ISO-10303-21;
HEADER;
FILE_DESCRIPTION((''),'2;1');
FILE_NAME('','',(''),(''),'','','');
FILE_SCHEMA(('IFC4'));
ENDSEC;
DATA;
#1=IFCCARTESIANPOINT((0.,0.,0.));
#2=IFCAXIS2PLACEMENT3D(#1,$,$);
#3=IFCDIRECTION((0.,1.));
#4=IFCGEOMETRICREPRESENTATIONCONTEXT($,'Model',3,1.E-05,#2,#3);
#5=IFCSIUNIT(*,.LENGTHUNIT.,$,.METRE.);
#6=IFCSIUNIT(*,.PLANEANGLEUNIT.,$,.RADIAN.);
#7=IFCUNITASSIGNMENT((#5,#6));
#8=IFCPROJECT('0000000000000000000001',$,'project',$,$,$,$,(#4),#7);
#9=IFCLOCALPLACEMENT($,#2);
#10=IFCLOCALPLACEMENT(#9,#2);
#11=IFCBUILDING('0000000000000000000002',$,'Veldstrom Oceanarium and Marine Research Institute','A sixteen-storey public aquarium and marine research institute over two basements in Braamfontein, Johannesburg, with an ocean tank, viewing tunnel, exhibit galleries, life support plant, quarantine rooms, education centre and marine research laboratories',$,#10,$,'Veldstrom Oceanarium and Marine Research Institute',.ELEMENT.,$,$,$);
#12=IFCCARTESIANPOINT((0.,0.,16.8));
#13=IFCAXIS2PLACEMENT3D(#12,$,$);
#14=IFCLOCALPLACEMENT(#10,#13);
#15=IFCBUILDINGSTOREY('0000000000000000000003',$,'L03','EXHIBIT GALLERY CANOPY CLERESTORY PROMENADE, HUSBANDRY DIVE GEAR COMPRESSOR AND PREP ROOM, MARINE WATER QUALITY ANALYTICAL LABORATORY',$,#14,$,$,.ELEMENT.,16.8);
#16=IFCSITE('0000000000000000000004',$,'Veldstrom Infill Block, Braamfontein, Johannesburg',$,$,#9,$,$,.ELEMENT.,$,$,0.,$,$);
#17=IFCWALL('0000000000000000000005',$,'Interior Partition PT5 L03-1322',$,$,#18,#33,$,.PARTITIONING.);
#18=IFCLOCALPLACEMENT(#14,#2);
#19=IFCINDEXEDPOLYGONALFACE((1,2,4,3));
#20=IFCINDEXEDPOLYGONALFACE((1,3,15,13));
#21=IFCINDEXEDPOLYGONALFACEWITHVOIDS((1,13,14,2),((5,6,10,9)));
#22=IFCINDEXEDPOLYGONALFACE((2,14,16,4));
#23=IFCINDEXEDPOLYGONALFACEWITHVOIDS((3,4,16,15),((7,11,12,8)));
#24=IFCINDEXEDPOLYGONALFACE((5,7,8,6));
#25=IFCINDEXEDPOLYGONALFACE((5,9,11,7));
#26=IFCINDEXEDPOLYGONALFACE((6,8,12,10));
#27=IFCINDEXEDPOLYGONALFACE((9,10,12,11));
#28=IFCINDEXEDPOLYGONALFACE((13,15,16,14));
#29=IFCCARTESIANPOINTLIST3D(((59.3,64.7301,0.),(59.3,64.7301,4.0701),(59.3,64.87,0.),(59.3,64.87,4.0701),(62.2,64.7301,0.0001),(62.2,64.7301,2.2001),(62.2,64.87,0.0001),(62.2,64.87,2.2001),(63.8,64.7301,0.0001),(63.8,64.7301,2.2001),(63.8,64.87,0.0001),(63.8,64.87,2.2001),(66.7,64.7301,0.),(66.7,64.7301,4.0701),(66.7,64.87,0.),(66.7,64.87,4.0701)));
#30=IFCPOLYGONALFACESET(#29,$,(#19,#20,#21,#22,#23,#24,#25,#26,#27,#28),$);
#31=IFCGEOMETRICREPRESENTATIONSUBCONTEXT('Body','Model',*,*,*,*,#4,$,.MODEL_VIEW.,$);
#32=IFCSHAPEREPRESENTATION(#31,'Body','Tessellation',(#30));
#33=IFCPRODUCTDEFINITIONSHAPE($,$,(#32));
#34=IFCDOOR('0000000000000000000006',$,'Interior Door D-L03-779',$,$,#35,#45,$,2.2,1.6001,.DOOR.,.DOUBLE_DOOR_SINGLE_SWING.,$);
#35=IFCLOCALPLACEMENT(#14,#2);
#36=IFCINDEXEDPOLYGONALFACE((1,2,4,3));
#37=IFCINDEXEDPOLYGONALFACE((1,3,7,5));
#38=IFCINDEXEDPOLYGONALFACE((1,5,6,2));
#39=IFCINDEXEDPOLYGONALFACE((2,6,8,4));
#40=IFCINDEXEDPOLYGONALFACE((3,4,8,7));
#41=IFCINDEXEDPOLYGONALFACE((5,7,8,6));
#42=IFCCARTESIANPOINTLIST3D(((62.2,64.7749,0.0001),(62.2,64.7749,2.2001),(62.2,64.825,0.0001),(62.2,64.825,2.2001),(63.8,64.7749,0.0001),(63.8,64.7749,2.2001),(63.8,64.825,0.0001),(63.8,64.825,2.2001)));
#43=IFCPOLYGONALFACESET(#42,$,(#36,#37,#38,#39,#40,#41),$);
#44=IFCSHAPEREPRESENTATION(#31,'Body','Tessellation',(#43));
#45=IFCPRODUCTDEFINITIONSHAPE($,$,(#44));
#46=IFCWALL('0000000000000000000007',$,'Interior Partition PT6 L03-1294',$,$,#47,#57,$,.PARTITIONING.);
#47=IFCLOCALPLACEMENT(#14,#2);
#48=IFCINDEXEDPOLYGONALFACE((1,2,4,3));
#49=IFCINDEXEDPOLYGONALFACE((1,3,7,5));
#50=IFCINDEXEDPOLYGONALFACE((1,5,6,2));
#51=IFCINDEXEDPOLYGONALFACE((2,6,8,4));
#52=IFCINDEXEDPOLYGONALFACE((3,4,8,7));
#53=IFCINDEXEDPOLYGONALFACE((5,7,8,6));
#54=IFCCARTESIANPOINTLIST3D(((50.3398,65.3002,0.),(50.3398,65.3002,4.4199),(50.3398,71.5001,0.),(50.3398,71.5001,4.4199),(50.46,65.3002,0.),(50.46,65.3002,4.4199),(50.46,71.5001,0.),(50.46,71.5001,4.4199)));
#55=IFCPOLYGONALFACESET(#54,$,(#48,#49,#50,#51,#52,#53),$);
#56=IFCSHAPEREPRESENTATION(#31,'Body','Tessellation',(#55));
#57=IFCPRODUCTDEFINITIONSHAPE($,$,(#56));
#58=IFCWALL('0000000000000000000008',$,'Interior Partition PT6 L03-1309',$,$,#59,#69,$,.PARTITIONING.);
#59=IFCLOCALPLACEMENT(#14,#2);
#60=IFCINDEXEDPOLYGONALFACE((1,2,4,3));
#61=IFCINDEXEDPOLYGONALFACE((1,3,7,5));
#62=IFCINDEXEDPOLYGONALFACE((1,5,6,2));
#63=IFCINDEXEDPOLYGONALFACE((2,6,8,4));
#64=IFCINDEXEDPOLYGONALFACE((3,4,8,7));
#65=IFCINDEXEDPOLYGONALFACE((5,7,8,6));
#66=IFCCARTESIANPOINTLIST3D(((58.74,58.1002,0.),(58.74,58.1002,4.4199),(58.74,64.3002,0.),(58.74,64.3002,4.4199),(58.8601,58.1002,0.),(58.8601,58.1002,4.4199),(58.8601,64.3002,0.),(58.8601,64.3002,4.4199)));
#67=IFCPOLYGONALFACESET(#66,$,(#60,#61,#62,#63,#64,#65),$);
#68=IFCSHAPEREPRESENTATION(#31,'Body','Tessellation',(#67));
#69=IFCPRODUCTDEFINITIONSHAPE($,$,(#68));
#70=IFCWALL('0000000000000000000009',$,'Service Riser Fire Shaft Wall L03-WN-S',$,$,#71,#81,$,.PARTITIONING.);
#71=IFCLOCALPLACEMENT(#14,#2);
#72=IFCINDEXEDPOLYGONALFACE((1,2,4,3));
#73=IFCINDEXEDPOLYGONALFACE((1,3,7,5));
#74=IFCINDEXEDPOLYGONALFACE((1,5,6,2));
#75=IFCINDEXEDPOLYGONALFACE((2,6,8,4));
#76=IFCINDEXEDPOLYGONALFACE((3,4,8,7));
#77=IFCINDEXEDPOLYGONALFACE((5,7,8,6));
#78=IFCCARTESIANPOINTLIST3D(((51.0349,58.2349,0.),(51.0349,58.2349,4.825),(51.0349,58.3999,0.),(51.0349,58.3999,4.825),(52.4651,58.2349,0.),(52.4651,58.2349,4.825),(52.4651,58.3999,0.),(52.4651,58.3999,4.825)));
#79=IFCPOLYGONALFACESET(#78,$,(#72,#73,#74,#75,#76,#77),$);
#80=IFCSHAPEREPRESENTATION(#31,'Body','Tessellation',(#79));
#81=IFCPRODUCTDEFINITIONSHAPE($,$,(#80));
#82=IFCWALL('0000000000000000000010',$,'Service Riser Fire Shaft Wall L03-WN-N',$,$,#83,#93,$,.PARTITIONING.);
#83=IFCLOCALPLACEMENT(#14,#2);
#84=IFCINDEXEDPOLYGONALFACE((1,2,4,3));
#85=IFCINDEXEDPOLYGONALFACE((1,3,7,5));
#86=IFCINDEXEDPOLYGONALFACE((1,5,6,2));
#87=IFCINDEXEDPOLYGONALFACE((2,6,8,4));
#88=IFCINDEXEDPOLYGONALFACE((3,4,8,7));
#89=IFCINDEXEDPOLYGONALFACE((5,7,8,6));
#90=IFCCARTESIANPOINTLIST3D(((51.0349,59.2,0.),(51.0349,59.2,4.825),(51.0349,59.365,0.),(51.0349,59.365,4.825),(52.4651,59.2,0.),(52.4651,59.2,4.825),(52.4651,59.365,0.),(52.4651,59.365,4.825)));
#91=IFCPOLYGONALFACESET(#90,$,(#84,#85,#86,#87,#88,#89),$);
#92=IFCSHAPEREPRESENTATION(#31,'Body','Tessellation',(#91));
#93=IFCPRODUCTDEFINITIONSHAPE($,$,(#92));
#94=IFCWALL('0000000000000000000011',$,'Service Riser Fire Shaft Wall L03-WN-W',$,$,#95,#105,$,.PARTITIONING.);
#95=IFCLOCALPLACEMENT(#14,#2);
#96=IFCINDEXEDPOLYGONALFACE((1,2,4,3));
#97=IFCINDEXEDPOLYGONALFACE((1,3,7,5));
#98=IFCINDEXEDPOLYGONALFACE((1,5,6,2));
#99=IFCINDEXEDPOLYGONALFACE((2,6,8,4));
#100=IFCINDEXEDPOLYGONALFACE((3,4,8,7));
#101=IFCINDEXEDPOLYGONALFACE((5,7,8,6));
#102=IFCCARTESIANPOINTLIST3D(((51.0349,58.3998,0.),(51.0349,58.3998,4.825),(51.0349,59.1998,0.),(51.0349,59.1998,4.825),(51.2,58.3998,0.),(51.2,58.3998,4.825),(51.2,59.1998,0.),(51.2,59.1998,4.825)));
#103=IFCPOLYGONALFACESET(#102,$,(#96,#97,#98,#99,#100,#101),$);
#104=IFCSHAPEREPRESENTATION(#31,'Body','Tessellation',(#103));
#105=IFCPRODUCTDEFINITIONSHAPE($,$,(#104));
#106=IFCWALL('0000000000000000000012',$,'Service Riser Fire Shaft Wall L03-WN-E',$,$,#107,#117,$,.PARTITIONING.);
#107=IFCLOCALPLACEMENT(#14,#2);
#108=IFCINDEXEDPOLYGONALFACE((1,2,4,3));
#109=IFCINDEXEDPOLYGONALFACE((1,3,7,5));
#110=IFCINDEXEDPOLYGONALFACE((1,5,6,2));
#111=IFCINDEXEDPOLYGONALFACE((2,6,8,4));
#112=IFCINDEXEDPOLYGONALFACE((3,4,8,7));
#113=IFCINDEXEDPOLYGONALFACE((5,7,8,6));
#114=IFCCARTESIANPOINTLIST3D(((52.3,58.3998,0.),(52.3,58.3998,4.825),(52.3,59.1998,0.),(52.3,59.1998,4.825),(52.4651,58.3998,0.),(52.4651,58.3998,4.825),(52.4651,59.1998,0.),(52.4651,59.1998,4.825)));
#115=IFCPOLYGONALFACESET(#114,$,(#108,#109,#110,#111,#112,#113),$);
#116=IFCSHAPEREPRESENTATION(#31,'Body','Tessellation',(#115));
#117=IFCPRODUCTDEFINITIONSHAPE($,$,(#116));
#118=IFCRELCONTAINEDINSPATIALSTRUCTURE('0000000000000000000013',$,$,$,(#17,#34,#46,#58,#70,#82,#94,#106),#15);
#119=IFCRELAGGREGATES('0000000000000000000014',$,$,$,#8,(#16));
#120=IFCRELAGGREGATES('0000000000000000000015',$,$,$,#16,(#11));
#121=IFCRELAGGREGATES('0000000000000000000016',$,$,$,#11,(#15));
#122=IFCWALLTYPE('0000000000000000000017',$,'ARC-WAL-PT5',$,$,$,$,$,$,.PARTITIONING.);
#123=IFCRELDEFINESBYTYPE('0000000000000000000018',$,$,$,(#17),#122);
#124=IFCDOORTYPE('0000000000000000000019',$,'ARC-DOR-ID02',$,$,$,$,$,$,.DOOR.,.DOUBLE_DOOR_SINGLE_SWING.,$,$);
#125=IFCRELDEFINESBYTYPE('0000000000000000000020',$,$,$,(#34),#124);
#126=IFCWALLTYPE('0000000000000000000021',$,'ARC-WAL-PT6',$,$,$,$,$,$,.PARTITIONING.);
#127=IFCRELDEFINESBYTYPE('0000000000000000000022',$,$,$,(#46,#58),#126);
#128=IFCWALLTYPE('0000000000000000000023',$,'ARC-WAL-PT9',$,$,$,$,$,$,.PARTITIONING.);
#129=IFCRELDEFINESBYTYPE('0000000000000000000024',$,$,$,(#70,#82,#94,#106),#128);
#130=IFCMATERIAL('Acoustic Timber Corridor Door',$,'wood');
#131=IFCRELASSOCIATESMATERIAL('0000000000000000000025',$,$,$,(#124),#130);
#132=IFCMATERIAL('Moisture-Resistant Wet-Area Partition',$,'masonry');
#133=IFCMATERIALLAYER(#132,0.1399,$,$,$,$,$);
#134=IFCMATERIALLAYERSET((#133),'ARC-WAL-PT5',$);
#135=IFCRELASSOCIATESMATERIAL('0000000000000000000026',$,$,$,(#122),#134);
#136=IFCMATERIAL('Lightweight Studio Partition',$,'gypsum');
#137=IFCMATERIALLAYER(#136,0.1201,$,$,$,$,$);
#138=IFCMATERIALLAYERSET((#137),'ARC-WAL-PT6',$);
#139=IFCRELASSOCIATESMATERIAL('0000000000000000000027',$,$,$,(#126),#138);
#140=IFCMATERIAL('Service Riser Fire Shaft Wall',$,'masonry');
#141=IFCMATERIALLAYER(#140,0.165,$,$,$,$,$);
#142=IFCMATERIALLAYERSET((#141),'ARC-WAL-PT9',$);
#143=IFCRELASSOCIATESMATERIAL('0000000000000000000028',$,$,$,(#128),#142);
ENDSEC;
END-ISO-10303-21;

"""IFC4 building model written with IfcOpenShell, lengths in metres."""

from ifc_helpers import new_model, si_unit, direction, frame, frame_2d, origin, place, context, subcontext, project, spatial, rectangle, extrude, material, layer, layer_set, type_object, element, fill, save


model = new_model("IFC4")

# Units and contexts
model_context = context("Model", 3, precision=1e-05, world=origin(), true_north=direction((0.0, 1.0)))
body_context = subcontext(model_context, "Body", "Model", "MODEL_VIEW")
ifc_project = project(units=[si_unit("LENGTHUNIT", "METRE"), si_unit("PLANEANGLEUNIT", "RADIAN")], contexts=[model_context])

# Site, building, storey
site_placement = place(None, origin())
site = spatial("IfcSite", under=ifc_project, at=site_placement, Name="Veldstrom Infill Block, Braamfontein, Johannesburg", CompositionType="ELEMENT", RefElevation=0.0)
building_placement = place(site_placement, origin())
building = spatial("IfcBuilding", under=site, at=building_placement, Name="Veldstrom Oceanarium and Marine Research Institute", Description="A sixteen-storey public aquarium and marine research institute over two basements in Braamfontein, Johannesburg, with an ocean tank, viewing tunnel, exhibit galleries, life support plant, quarantine rooms, education centre and marine research laboratories", LongName="Veldstrom Oceanarium and Marine Research Institute", CompositionType="ELEMENT")
storey_placement = place(building_placement, frame((0.0, 0.0, 16.8)))
storey = spatial("IfcBuildingStorey", under=building, at=storey_placement, Name="L03", Description="EXHIBIT GALLERY CANOPY CLERESTORY PROMENADE, HUSBANDRY DIVE GEAR COMPRESSOR AND PREP ROOM, MARINE WATER QUALITY ANALYTICAL LABORATORY", CompositionType="ELEMENT", Elevation=16.8)

# Wall, opening, door
ifc_material_1 = material(Name="Acoustic Timber Corridor Door", Category="wood")
door_type_1 = type_object("IfcDoorType", Name="ARC-DOR-ID02", OperationType="DOUBLE_DOOR_SINGLE_SWING", PredefinedType="DOOR", material=ifc_material_1)
ifc_material_2 = material(Name="Moisture-Resistant Wet-Area Partition", Category="masonry")
ifc_layer_1 = layer(ifc_material_2, 0.1399)
ifc_layer_set_1 = layer_set([ifc_layer_1], Name="ARC-WAL-PT5")
wall_type_1 = type_object("IfcWallType", Name="ARC-WAL-PT5", PredefinedType="PARTITIONING", material=ifc_layer_set_1)
wall_1_placement = place(storey_placement, frame((59.3, 64.8, 0.0), z_axis=(0.0, 0.0, 1.0), x_axis=(1.0, 0.0, 0.0)))
wall_1 = element("IfcWall", 1, at=wall_1_placement, inside=storey, type_object=wall_type_1, Name="Interior Partition PT5 L03-1322", PredefinedType="PARTITIONING", context=body_context, shape_type="SweptSolid", body=[
    extrude(rectangle(XDim=7.3999, YDim=0.1399, at=frame_2d((3.7, 0.0))), origin(), (0.0, 0.0, 1.0), 4.0701),
])
opening_1_placement = place(wall_1_placement, frame((2.8999, 0.0, 0.0)))
opening_1 = element("IfcOpeningElement", 2, at=opening_1_placement, cuts=wall_1, PredefinedType="OPENING", context=body_context, shape_type="SweptSolid", body=[
    extrude(rectangle(XDim=1.6001, YDim=2.2, at=frame_2d((0.8, 1.1001))), frame((0.0, 0.0798, 0.0), z_axis=(0.0, -1.0, 0.0), x_axis=(1.0, 0.0, 0.0)), (0.0, 0.0, 1.0), 0.1599),
])
door_1_placement = place(opening_1_placement, origin())
door_1 = element("IfcDoor", 3, at=door_1_placement, inside=storey, type_object=door_type_1, Name="Interior Door D-L03-779", OperationType="DOUBLE_DOOR_SINGLE_SWING", OverallHeight=2.2, OverallWidth=1.6001, PredefinedType="DOOR", context=body_context, shape_type="SweptSolid", body=[
    extrude(rectangle(XDim=1.6001, YDim=2.2, at=frame_2d((0.8, 1.1001))), frame((0.0, 0.0249, 0.0), z_axis=(0.0, -1.0, 0.0), x_axis=(1.0, 0.0, 0.0)), (0.0, 0.0, 1.0), 0.05),
])
fill(opening_1, door_1)

# Walls
ifc_material_3 = material(Name="Lightweight Studio Partition", Category="gypsum")
ifc_layer_2 = layer(ifc_material_3, 0.1201)
ifc_layer_set_2 = layer_set([ifc_layer_2], Name="ARC-WAL-PT6")
wall_type_2 = type_object("IfcWallType", Name="ARC-WAL-PT6", PredefinedType="PARTITIONING", material=ifc_layer_set_2)
for number, where, z_axis, x_axis, name in (
    (4, (50.3999, 65.3, 0.0), (0.0, 0.0, 1.0), (0.0, 1.0, 0.0), "Interior Partition PT6 L03-1294"),
    (5, (58.8, 58.1001, 0.0), (0.0, 0.0, 1.0), (0.0, 1.0, 0.0), "Interior Partition PT6 L03-1309"),
):
    element("IfcWall", number, at=place(storey_placement, frame(where, z_axis=z_axis, x_axis=x_axis)), inside=storey, type_object=wall_type_2, Name=name, PredefinedType="PARTITIONING", context=body_context, shape_type="SweptSolid", body=[
        extrude(rectangle(XDim=6.2, YDim=0.1201, at=frame_2d((3.1001, 0.0))), origin(), (0.0, 0.0, 1.0), 4.4199),
    ])
ifc_material_4 = material(Name="Service Riser Fire Shaft Wall", Category="masonry")
ifc_layer_3 = layer(ifc_material_4, 0.165)
ifc_layer_set_3 = layer_set([ifc_layer_3], Name="ARC-WAL-PT9")
wall_type_3 = type_object("IfcWallType", Name="ARC-WAL-PT9", PredefinedType="PARTITIONING", material=ifc_layer_set_3)
for number, where, z_axis, x_axis, name in (
    (6, (51.0349, 58.3174, 0.0), (0.0, 0.0, 1.0), (1.0, 0.0, 0.0), "Service Riser Fire Shaft Wall L03-WN-S"),
    (7, (51.0349, 59.2825, 0.0), (0.0, 0.0, 1.0), (1.0, 0.0, 0.0), "Service Riser Fire Shaft Wall L03-WN-N"),
):
    element("IfcWall", number, at=place(storey_placement, frame(where, z_axis=z_axis, x_axis=x_axis)), inside=storey, type_object=wall_type_3, Name=name, PredefinedType="PARTITIONING", context=body_context, shape_type="SweptSolid", body=[
        extrude(rectangle(XDim=1.4302, YDim=0.165, at=frame_2d((0.7151, 0.0))), origin(), (0.0, 0.0, 1.0), 4.825),
    ])
for number, where, z_axis, x_axis, name in (
    (8, (51.1174, 58.3999, 0.0), (0.0, 0.0, 1.0), (0.0, 1.0, 0.0), "Service Riser Fire Shaft Wall L03-WN-W"),
    (9, (52.3826, 58.3999, 0.0), (0.0, 0.0, 1.0), (0.0, 1.0, 0.0), "Service Riser Fire Shaft Wall L03-WN-E"),
):
    element("IfcWall", number, at=place(storey_placement, frame(where, z_axis=z_axis, x_axis=x_axis)), inside=storey, type_object=wall_type_3, Name=name, PredefinedType="PARTITIONING", context=body_context, shape_type="SweptSolid", body=[
        extrude(rectangle(XDim=0.8, YDim=0.165, at=frame_2d((0.3999, 0.0))), origin(), (0.0, 0.0, 1.0), 4.825),
    ])

save(model, "model.ifc")
